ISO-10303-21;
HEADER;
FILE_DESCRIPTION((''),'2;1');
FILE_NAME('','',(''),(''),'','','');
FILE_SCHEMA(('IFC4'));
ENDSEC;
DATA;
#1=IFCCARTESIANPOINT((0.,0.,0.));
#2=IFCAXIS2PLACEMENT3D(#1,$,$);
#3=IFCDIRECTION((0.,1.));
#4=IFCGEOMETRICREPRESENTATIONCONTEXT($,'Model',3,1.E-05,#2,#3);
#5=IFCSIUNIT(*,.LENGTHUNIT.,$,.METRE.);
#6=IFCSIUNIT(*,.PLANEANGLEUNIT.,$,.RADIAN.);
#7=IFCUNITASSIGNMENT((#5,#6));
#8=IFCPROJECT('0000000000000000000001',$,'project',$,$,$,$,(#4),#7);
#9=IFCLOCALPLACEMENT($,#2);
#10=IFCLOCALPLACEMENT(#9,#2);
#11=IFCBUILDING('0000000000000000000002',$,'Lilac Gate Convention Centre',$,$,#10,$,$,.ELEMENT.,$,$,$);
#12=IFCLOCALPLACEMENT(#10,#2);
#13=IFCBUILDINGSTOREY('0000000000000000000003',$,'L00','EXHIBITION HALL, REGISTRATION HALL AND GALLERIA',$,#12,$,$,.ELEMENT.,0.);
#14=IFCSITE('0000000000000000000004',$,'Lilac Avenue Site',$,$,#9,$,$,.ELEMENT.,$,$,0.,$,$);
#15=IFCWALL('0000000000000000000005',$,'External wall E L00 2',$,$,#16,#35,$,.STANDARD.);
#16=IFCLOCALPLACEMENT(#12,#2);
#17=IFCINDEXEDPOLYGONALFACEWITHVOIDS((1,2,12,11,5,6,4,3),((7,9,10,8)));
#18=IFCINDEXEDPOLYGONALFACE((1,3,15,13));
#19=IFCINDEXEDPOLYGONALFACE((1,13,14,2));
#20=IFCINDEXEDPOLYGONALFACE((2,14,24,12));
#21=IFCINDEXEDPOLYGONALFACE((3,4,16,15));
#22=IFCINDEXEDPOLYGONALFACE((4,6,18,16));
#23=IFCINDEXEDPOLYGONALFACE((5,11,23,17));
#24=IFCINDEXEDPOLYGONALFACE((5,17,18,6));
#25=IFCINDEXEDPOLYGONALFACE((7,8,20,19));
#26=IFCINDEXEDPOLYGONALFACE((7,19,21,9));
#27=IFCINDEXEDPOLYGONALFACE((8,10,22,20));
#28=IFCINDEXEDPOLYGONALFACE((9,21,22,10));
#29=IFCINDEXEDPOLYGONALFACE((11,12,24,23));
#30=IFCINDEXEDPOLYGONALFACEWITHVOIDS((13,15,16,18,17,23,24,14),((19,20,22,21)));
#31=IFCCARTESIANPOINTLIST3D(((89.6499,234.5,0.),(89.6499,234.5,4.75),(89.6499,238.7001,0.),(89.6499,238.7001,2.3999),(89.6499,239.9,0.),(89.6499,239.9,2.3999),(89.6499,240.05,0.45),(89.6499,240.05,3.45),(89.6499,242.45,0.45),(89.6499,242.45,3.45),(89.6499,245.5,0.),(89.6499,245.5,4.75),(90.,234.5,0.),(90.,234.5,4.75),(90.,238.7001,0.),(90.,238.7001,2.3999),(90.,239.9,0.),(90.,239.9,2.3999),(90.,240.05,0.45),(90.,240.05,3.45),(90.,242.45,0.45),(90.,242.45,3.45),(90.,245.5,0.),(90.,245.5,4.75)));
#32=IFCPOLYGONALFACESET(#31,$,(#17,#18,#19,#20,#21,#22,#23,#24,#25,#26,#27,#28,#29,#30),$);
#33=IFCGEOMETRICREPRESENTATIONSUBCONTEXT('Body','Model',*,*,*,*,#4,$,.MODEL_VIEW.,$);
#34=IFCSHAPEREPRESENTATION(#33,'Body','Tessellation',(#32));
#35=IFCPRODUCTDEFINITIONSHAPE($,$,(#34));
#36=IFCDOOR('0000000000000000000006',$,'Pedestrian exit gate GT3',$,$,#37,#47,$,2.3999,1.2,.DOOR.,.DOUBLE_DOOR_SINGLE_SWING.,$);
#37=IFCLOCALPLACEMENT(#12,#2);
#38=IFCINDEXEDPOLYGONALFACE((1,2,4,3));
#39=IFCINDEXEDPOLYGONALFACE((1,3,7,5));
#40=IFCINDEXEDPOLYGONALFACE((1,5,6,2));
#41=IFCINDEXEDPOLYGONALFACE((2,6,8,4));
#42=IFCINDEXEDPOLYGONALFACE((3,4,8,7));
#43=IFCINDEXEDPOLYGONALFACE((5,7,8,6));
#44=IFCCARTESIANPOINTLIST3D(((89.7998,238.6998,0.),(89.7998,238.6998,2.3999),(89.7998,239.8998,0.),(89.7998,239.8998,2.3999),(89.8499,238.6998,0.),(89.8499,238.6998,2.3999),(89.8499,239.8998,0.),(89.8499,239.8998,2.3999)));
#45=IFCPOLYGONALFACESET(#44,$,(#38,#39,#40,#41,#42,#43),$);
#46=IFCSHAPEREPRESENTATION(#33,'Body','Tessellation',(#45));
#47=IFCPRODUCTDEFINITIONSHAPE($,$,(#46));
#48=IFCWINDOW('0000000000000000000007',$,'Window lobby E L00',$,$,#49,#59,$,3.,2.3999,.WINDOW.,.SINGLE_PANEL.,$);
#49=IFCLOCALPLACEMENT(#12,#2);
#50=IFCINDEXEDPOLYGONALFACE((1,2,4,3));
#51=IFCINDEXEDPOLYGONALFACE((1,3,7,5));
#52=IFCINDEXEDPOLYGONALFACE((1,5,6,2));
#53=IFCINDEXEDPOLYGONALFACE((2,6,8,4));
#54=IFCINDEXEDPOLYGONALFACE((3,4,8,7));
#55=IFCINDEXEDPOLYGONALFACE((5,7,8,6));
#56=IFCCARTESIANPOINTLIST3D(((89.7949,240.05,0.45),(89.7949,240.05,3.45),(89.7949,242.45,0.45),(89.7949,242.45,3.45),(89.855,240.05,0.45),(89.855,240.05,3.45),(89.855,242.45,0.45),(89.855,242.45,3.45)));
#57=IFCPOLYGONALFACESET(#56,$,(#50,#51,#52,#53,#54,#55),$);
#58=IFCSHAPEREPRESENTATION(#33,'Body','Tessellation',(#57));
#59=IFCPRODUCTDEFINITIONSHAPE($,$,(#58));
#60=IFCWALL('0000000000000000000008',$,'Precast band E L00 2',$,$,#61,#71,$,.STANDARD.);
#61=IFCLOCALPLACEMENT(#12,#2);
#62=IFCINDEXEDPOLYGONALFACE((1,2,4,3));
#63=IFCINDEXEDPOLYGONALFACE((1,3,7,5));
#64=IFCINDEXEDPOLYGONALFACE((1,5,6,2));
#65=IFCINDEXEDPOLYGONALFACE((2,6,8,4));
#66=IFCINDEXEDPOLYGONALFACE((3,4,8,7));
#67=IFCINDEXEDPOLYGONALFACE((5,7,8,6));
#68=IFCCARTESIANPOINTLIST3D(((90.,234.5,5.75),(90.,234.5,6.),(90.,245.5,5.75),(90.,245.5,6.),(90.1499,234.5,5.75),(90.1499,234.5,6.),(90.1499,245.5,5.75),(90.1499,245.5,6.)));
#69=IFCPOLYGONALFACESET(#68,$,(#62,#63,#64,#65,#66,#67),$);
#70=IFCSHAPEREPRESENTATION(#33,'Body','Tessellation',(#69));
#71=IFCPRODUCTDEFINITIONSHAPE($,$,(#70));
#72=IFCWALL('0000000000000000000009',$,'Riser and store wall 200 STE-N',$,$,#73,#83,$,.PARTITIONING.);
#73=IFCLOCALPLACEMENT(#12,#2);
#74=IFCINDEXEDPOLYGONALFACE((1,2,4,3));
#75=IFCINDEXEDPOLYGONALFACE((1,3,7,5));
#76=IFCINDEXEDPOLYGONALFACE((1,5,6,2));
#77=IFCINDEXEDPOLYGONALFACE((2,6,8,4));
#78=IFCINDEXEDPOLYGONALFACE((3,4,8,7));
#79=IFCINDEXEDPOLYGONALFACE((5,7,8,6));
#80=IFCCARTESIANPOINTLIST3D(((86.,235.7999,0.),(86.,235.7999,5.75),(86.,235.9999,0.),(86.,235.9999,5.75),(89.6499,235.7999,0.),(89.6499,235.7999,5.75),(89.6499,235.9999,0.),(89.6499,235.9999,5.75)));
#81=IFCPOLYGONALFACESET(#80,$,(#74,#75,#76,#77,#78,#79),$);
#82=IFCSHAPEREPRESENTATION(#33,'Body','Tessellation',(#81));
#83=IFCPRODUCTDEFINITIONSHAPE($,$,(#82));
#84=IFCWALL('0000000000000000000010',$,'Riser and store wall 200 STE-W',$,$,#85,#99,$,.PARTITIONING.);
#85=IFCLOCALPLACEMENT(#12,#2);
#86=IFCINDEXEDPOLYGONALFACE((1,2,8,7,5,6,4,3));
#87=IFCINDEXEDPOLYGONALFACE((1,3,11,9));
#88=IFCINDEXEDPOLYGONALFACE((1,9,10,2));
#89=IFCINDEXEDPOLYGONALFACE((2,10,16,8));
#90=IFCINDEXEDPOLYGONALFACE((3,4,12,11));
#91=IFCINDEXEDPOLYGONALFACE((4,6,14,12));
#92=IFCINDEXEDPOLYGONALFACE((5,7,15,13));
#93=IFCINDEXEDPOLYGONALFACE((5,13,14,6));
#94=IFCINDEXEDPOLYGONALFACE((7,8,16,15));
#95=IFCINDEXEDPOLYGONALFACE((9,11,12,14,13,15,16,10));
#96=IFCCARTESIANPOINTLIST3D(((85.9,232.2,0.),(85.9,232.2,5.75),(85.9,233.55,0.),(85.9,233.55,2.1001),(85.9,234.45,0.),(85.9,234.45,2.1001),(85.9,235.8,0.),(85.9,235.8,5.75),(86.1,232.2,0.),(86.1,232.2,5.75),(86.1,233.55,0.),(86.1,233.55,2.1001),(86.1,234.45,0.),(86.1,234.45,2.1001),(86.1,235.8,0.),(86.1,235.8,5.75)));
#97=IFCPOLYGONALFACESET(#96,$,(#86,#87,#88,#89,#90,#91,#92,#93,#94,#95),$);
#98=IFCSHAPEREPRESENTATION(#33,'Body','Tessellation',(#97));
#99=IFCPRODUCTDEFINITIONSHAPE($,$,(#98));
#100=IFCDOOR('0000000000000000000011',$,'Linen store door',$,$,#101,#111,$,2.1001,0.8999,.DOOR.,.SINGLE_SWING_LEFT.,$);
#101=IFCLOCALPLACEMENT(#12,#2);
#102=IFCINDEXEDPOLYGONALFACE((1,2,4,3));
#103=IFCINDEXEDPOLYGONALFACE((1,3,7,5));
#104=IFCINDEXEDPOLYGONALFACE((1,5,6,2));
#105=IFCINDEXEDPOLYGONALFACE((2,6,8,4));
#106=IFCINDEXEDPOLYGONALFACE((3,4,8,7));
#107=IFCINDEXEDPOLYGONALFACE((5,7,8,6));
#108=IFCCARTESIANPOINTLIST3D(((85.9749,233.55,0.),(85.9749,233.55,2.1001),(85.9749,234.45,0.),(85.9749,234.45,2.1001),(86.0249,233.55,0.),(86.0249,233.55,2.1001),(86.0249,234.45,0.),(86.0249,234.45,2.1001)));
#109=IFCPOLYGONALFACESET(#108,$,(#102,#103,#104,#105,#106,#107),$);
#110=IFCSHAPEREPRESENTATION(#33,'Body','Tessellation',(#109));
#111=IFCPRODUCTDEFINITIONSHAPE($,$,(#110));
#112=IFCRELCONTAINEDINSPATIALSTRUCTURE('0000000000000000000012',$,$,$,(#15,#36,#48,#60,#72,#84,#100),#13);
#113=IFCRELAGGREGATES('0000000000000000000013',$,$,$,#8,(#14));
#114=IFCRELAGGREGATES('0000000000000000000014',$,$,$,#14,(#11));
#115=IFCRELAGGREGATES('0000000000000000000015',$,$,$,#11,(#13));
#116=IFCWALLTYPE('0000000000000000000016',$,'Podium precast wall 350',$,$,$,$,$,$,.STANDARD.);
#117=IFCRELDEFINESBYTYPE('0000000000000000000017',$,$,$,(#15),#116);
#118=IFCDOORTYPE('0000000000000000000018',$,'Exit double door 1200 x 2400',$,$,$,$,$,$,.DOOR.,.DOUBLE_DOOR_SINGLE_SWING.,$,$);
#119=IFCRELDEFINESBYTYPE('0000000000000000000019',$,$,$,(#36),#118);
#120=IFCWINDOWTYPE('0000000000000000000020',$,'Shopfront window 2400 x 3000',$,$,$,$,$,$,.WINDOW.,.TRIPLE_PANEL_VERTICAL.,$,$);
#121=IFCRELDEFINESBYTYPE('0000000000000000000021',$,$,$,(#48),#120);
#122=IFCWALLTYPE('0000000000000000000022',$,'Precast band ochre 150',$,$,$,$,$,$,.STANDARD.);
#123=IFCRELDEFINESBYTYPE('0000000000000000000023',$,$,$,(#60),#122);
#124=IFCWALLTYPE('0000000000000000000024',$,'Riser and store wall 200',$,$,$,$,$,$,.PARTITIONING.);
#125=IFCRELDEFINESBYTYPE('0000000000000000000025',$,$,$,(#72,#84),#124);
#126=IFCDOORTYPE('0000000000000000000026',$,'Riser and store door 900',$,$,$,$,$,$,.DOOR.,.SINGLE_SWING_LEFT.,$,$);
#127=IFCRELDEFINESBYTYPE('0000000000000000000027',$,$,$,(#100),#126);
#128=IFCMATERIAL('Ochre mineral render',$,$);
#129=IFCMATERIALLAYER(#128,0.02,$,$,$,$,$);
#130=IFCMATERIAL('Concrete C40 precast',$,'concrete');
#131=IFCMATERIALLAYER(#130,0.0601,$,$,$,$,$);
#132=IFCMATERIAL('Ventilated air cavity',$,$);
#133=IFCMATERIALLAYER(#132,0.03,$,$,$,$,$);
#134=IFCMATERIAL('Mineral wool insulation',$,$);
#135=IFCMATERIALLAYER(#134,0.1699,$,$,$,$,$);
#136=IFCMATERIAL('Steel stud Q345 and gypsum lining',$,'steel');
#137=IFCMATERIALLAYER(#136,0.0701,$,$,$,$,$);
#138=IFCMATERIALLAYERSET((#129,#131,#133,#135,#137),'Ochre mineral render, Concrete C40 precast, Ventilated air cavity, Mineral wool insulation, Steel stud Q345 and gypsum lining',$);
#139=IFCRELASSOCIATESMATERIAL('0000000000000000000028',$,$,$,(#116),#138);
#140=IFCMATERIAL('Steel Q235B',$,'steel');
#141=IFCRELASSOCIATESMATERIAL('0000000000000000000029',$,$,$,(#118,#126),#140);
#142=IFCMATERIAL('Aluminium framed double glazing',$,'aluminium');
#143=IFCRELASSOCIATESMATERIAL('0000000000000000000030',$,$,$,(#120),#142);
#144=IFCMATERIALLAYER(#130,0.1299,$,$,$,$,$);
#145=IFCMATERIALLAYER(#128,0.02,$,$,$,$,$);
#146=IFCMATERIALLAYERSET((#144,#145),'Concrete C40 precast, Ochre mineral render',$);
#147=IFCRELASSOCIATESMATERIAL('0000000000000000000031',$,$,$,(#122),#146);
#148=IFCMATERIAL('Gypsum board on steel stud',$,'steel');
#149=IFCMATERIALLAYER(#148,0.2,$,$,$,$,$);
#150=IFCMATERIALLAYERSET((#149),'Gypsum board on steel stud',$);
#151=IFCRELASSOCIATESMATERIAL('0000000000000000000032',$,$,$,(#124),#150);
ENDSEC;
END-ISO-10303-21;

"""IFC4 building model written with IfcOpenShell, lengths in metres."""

from ifc_helpers import new_model, si_unit, direction, frame, frame_2d, origin, place, context, subcontext, project, spatial, rectangle, extrude, material, layer, layer_set, type_object, element, fill, save


model = new_model("IFC4")

# Units and contexts
model_context = context("Model", 3, precision=1e-05, world=origin(), true_north=direction((0.0, 1.0)))
body_context = subcontext(model_context, "Body", "Model", "MODEL_VIEW")
ifc_project = project(units=[si_unit("LENGTHUNIT", "METRE"), si_unit("PLANEANGLEUNIT", "RADIAN")], contexts=[model_context])

# Site, building, storey
site_placement = place(None, origin())
site = spatial("IfcSite", under=ifc_project, at=site_placement, Name="Lilac Avenue Site", CompositionType="ELEMENT", RefElevation=0.0)
building_placement = place(site_placement, origin())
building = spatial("IfcBuilding", under=site, at=building_placement, Name="Lilac Gate Convention Centre", CompositionType="ELEMENT")
storey_placement = place(building_placement, origin())
storey = spatial("IfcBuildingStorey", under=building, at=storey_placement, Name="L00", Description="EXHIBITION HALL, REGISTRATION HALL AND GALLERIA", CompositionType="ELEMENT", Elevation=0.0)

# Shared definitions
ifc_material_1 = material(Name="Aluminium framed double glazing", Category="aluminium")

# Shared definitions
ifc_material_2 = material(Name="Steel Q235B", Category="steel")

# Wall, openings, door, window
ifc_material_3 = material(Name="Ochre mineral render")
ifc_layer_1 = layer(ifc_material_3, 0.02)
ifc_material_4 = material(Name="Concrete C40 precast", Category="concrete")
ifc_layer_2 = layer(ifc_material_4, 0.0601)
ifc_material_5 = material(Name="Ventilated air cavity")
ifc_layer_3 = layer(ifc_material_5, 0.03)
ifc_material_6 = material(Name="Mineral wool insulation")
ifc_layer_4 = layer(ifc_material_6, 0.1699)
ifc_material_7 = material(Name="Steel stud Q345 and gypsum lining", Category="steel")
ifc_layer_5 = layer(ifc_material_7, 0.0701)
ifc_layer_set_1 = layer_set([ifc_layer_1, ifc_layer_2, ifc_layer_3, ifc_layer_4, ifc_layer_5], Name="Ochre mineral render, Concrete C40 precast, Ventilated air cavity, Mineral wool insulation, Steel stud Q345 and gypsum lining")
wall_type_1 = type_object("IfcWallType", Name="Podium precast wall 350", PredefinedType="STANDARD", material=ifc_layer_set_1)
wall_1_placement = place(storey_placement, frame((89.825, 234.5, 0.0), z_axis=(0.0, 0.0, 1.0), x_axis=(0.0, 1.0, 0.0)))
wall_1 = element("IfcWall", 1, at=wall_1_placement, inside=storey, type_object=wall_type_1, Name="External wall E L00 2", PredefinedType="STANDARD", context=body_context, shape_type="SweptSolid", body=[
    extrude(rectangle(XDim=11.0, YDim=0.3501, at=frame_2d((5.5, 0.0))), origin(), (0.0, 0.0, 1.0), 4.75),
])
opening_1_placement = place(wall_1_placement, frame((4.2, 0.0, 0.0)))
opening_1 = element("IfcOpeningElement", 2, at=opening_1_placement, cuts=wall_1, PredefinedType="OPENING", context=body_context, shape_type="SweptSolid", body=[
    extrude(rectangle(XDim=1.2, YDim=2.3999, at=frame_2d((0.6001, 1.2))), frame((0.0, 0.1851, 0.0), z_axis=(0.0, -1.0, 0.0), x_axis=(1.0, 0.0, 0.0)), (0.0, 0.0, 1.0), 0.3701),
])
opening_2_placement = place(wall_1_placement, frame((5.55, 0.0, 0.45)))
opening_2 = element("IfcOpeningElement", 3, at=opening_2_placement, cuts=wall_1, PredefinedType="OPENING", context=body_context, shape_type="SweptSolid", body=[
    extrude(rectangle(XDim=2.3999, YDim=3.0, at=frame_2d((1.2, 1.5))), frame((0.0, 0.1851, 0.0), z_axis=(0.0, -1.0, 0.0), x_axis=(1.0, 0.0, 0.0)), (0.0, 0.0, 1.0), 0.3701),
])
door_type_1 = type_object("IfcDoorType", Name="Exit double door 1200 x 2400", OperationType="DOUBLE_DOOR_SINGLE_SWING", PredefinedType="DOOR", material=ifc_material_2)
door_1_placement = place(opening_1_placement, frame((1.2, 0.0, 0.0), z_axis=(0.0, 0.0, 1.0), x_axis=(-1.0, 0.0, 0.0)))
door_1 = element("IfcDoor", 4, at=door_1_placement, inside=storey, type_object=door_type_1, Name="Pedestrian exit gate GT3", OperationType="DOUBLE_DOOR_SINGLE_SWING", OverallHeight=2.3999, OverallWidth=1.2, PredefinedType="DOOR", context=body_context, shape_type="SweptSolid", body=[
    extrude(rectangle(XDim=1.2, YDim=2.3999, at=frame_2d((0.6001, 1.2))), frame((0.0, 0.0249, 0.0), z_axis=(0.0, -1.0, 0.0), x_axis=(1.0, 0.0, 0.0)), (0.0, 0.0, 1.0), 0.05),
])
fill(opening_1, door_1)
window_type = type_object("IfcWindowType", Name="Shopfront window 2400 x 3000", PartitioningType="TRIPLE_PANEL_VERTICAL", PredefinedType="WINDOW", material=ifc_material_1)
window_placement = place(opening_2_placement, origin())
window = element("IfcWindow", 5, at=window_placement, inside=storey, type_object=window_type, Name="Window lobby E L00", OverallHeight=3.0, OverallWidth=2.3999, PartitioningType="SINGLE_PANEL", PredefinedType="WINDOW", context=body_context, shape_type="SweptSolid", body=[
    extrude(rectangle(XDim=2.3999, YDim=3.0, at=frame_2d((1.2, 1.5))), frame((0.0, 0.03, 0.0), z_axis=(0.0, -1.0, 0.0), x_axis=(1.0, 0.0, 0.0)), (0.0, 0.0, 1.0), 0.0601),
])
fill(opening_2, window)

# Walls
ifc_layer_6 = layer(ifc_material_4, 0.1299)
ifc_layer_7 = layer(ifc_material_3, 0.02)
ifc_layer_set_2 = layer_set([ifc_layer_6, ifc_layer_7], Name="Concrete C40 precast, Ochre mineral render")
wall_type_2 = type_object("IfcWallType", Name="Precast band ochre 150", PredefinedType="STANDARD", material=ifc_layer_set_2)
wall_2_placement = place(storey_placement, frame((90.075, 234.5, 5.75), z_axis=(0.0, 0.0, 1.0), x_axis=(0.0, 1.0, 0.0)))
element("IfcWall", 6, at=wall_2_placement, inside=storey, type_object=wall_type_2, Name="Precast band E L00 2", PredefinedType="STANDARD", context=body_context, shape_type="SweptSolid", body=[
    extrude(rectangle(XDim=11.0, YDim=0.1499, at=frame_2d((5.5, 0.0))), origin(), (0.0, 0.0, 1.0), 0.25),
])
ifc_material_8 = material(Name="Gypsum board on steel stud", Category="steel")
ifc_layer_8 = layer(ifc_material_8, 0.2)
ifc_layer_set_3 = layer_set([ifc_layer_8], Name="Gypsum board on steel stud")
wall_type_3 = type_object("IfcWallType", Name="Riser and store wall 200", PredefinedType="PARTITIONING", material=ifc_layer_set_3)
wall_3_placement = place(storey_placement, frame((86.0, 235.8999, 0.0), z_axis=(0.0, 0.0, 1.0), x_axis=(1.0, 0.0, 0.0)))
element("IfcWall", 7, at=wall_3_placement, inside=storey, type_object=wall_type_3, Name="Riser and store wall 200 STE-N", PredefinedType="PARTITIONING", context=body_context, shape_type="SweptSolid", body=[
    extrude(rectangle(XDim=3.6499, YDim=0.2, at=frame_2d((1.825, 0.0))), origin(), (0.0, 0.0, 1.0), 5.75),
])

# Wall, opening, door
wall_4_placement = place(storey_placement, frame((86.0, 235.8, 0.0), z_axis=(0.0, 0.0, 1.0), x_axis=(0.0, -1.0, 0.0)))
wall_4 = element("IfcWall", 8, at=wall_4_placement, inside=storey, type_object=wall_type_3, Name="Riser and store wall 200 STE-W", PredefinedType="PARTITIONING", context=body_context, shape_type="SweptSolid", body=[
    extrude(rectangle(XDim=3.6001, YDim=0.2, at=frame_2d((1.8, 0.0))), origin(), (0.0, 0.0, 1.0), 5.75),
])
opening_3_placement = place(wall_4_placement, frame((1.3501, 0.0, 0.0)))
opening_3 = element("IfcOpeningElement", 9, at=opening_3_placement, cuts=wall_4, PredefinedType="OPENING", context=body_context, shape_type="SweptSolid", body=[
    extrude(rectangle(XDim=0.8999, YDim=2.1001, at=frame_2d((0.45, 1.05))), frame((0.0, 0.1099, 0.0), z_axis=(0.0, -1.0, 0.0), x_axis=(1.0, 0.0, 0.0)), (0.0, 0.0, 1.0), 0.22),
])
door_type_2 = type_object("IfcDoorType", Name="Riser and store door 900", OperationType="SINGLE_SWING_LEFT", PredefinedType="DOOR", material=ifc_material_2)
door_2_placement = place(opening_3_placement, origin())
door_2 = element("IfcDoor", 10, at=door_2_placement, inside=storey, type_object=door_type_2, Name="Linen store door", OperationType="SINGLE_SWING_LEFT", OverallHeight=2.1001, OverallWidth=0.8999, PredefinedType="DOOR", context=body_context, shape_type="SweptSolid", body=[
    extrude(rectangle(XDim=0.8999, YDim=2.1001, at=frame_2d((0.45, 1.05))), frame((0.0, 0.0249, 0.0), z_axis=(0.0, -1.0, 0.0), x_axis=(1.0, 0.0, 0.0)), (0.0, 0.0, 1.0), 0.05),
])
fill(opening_3, door_2)

save(model, "model.ifc")
